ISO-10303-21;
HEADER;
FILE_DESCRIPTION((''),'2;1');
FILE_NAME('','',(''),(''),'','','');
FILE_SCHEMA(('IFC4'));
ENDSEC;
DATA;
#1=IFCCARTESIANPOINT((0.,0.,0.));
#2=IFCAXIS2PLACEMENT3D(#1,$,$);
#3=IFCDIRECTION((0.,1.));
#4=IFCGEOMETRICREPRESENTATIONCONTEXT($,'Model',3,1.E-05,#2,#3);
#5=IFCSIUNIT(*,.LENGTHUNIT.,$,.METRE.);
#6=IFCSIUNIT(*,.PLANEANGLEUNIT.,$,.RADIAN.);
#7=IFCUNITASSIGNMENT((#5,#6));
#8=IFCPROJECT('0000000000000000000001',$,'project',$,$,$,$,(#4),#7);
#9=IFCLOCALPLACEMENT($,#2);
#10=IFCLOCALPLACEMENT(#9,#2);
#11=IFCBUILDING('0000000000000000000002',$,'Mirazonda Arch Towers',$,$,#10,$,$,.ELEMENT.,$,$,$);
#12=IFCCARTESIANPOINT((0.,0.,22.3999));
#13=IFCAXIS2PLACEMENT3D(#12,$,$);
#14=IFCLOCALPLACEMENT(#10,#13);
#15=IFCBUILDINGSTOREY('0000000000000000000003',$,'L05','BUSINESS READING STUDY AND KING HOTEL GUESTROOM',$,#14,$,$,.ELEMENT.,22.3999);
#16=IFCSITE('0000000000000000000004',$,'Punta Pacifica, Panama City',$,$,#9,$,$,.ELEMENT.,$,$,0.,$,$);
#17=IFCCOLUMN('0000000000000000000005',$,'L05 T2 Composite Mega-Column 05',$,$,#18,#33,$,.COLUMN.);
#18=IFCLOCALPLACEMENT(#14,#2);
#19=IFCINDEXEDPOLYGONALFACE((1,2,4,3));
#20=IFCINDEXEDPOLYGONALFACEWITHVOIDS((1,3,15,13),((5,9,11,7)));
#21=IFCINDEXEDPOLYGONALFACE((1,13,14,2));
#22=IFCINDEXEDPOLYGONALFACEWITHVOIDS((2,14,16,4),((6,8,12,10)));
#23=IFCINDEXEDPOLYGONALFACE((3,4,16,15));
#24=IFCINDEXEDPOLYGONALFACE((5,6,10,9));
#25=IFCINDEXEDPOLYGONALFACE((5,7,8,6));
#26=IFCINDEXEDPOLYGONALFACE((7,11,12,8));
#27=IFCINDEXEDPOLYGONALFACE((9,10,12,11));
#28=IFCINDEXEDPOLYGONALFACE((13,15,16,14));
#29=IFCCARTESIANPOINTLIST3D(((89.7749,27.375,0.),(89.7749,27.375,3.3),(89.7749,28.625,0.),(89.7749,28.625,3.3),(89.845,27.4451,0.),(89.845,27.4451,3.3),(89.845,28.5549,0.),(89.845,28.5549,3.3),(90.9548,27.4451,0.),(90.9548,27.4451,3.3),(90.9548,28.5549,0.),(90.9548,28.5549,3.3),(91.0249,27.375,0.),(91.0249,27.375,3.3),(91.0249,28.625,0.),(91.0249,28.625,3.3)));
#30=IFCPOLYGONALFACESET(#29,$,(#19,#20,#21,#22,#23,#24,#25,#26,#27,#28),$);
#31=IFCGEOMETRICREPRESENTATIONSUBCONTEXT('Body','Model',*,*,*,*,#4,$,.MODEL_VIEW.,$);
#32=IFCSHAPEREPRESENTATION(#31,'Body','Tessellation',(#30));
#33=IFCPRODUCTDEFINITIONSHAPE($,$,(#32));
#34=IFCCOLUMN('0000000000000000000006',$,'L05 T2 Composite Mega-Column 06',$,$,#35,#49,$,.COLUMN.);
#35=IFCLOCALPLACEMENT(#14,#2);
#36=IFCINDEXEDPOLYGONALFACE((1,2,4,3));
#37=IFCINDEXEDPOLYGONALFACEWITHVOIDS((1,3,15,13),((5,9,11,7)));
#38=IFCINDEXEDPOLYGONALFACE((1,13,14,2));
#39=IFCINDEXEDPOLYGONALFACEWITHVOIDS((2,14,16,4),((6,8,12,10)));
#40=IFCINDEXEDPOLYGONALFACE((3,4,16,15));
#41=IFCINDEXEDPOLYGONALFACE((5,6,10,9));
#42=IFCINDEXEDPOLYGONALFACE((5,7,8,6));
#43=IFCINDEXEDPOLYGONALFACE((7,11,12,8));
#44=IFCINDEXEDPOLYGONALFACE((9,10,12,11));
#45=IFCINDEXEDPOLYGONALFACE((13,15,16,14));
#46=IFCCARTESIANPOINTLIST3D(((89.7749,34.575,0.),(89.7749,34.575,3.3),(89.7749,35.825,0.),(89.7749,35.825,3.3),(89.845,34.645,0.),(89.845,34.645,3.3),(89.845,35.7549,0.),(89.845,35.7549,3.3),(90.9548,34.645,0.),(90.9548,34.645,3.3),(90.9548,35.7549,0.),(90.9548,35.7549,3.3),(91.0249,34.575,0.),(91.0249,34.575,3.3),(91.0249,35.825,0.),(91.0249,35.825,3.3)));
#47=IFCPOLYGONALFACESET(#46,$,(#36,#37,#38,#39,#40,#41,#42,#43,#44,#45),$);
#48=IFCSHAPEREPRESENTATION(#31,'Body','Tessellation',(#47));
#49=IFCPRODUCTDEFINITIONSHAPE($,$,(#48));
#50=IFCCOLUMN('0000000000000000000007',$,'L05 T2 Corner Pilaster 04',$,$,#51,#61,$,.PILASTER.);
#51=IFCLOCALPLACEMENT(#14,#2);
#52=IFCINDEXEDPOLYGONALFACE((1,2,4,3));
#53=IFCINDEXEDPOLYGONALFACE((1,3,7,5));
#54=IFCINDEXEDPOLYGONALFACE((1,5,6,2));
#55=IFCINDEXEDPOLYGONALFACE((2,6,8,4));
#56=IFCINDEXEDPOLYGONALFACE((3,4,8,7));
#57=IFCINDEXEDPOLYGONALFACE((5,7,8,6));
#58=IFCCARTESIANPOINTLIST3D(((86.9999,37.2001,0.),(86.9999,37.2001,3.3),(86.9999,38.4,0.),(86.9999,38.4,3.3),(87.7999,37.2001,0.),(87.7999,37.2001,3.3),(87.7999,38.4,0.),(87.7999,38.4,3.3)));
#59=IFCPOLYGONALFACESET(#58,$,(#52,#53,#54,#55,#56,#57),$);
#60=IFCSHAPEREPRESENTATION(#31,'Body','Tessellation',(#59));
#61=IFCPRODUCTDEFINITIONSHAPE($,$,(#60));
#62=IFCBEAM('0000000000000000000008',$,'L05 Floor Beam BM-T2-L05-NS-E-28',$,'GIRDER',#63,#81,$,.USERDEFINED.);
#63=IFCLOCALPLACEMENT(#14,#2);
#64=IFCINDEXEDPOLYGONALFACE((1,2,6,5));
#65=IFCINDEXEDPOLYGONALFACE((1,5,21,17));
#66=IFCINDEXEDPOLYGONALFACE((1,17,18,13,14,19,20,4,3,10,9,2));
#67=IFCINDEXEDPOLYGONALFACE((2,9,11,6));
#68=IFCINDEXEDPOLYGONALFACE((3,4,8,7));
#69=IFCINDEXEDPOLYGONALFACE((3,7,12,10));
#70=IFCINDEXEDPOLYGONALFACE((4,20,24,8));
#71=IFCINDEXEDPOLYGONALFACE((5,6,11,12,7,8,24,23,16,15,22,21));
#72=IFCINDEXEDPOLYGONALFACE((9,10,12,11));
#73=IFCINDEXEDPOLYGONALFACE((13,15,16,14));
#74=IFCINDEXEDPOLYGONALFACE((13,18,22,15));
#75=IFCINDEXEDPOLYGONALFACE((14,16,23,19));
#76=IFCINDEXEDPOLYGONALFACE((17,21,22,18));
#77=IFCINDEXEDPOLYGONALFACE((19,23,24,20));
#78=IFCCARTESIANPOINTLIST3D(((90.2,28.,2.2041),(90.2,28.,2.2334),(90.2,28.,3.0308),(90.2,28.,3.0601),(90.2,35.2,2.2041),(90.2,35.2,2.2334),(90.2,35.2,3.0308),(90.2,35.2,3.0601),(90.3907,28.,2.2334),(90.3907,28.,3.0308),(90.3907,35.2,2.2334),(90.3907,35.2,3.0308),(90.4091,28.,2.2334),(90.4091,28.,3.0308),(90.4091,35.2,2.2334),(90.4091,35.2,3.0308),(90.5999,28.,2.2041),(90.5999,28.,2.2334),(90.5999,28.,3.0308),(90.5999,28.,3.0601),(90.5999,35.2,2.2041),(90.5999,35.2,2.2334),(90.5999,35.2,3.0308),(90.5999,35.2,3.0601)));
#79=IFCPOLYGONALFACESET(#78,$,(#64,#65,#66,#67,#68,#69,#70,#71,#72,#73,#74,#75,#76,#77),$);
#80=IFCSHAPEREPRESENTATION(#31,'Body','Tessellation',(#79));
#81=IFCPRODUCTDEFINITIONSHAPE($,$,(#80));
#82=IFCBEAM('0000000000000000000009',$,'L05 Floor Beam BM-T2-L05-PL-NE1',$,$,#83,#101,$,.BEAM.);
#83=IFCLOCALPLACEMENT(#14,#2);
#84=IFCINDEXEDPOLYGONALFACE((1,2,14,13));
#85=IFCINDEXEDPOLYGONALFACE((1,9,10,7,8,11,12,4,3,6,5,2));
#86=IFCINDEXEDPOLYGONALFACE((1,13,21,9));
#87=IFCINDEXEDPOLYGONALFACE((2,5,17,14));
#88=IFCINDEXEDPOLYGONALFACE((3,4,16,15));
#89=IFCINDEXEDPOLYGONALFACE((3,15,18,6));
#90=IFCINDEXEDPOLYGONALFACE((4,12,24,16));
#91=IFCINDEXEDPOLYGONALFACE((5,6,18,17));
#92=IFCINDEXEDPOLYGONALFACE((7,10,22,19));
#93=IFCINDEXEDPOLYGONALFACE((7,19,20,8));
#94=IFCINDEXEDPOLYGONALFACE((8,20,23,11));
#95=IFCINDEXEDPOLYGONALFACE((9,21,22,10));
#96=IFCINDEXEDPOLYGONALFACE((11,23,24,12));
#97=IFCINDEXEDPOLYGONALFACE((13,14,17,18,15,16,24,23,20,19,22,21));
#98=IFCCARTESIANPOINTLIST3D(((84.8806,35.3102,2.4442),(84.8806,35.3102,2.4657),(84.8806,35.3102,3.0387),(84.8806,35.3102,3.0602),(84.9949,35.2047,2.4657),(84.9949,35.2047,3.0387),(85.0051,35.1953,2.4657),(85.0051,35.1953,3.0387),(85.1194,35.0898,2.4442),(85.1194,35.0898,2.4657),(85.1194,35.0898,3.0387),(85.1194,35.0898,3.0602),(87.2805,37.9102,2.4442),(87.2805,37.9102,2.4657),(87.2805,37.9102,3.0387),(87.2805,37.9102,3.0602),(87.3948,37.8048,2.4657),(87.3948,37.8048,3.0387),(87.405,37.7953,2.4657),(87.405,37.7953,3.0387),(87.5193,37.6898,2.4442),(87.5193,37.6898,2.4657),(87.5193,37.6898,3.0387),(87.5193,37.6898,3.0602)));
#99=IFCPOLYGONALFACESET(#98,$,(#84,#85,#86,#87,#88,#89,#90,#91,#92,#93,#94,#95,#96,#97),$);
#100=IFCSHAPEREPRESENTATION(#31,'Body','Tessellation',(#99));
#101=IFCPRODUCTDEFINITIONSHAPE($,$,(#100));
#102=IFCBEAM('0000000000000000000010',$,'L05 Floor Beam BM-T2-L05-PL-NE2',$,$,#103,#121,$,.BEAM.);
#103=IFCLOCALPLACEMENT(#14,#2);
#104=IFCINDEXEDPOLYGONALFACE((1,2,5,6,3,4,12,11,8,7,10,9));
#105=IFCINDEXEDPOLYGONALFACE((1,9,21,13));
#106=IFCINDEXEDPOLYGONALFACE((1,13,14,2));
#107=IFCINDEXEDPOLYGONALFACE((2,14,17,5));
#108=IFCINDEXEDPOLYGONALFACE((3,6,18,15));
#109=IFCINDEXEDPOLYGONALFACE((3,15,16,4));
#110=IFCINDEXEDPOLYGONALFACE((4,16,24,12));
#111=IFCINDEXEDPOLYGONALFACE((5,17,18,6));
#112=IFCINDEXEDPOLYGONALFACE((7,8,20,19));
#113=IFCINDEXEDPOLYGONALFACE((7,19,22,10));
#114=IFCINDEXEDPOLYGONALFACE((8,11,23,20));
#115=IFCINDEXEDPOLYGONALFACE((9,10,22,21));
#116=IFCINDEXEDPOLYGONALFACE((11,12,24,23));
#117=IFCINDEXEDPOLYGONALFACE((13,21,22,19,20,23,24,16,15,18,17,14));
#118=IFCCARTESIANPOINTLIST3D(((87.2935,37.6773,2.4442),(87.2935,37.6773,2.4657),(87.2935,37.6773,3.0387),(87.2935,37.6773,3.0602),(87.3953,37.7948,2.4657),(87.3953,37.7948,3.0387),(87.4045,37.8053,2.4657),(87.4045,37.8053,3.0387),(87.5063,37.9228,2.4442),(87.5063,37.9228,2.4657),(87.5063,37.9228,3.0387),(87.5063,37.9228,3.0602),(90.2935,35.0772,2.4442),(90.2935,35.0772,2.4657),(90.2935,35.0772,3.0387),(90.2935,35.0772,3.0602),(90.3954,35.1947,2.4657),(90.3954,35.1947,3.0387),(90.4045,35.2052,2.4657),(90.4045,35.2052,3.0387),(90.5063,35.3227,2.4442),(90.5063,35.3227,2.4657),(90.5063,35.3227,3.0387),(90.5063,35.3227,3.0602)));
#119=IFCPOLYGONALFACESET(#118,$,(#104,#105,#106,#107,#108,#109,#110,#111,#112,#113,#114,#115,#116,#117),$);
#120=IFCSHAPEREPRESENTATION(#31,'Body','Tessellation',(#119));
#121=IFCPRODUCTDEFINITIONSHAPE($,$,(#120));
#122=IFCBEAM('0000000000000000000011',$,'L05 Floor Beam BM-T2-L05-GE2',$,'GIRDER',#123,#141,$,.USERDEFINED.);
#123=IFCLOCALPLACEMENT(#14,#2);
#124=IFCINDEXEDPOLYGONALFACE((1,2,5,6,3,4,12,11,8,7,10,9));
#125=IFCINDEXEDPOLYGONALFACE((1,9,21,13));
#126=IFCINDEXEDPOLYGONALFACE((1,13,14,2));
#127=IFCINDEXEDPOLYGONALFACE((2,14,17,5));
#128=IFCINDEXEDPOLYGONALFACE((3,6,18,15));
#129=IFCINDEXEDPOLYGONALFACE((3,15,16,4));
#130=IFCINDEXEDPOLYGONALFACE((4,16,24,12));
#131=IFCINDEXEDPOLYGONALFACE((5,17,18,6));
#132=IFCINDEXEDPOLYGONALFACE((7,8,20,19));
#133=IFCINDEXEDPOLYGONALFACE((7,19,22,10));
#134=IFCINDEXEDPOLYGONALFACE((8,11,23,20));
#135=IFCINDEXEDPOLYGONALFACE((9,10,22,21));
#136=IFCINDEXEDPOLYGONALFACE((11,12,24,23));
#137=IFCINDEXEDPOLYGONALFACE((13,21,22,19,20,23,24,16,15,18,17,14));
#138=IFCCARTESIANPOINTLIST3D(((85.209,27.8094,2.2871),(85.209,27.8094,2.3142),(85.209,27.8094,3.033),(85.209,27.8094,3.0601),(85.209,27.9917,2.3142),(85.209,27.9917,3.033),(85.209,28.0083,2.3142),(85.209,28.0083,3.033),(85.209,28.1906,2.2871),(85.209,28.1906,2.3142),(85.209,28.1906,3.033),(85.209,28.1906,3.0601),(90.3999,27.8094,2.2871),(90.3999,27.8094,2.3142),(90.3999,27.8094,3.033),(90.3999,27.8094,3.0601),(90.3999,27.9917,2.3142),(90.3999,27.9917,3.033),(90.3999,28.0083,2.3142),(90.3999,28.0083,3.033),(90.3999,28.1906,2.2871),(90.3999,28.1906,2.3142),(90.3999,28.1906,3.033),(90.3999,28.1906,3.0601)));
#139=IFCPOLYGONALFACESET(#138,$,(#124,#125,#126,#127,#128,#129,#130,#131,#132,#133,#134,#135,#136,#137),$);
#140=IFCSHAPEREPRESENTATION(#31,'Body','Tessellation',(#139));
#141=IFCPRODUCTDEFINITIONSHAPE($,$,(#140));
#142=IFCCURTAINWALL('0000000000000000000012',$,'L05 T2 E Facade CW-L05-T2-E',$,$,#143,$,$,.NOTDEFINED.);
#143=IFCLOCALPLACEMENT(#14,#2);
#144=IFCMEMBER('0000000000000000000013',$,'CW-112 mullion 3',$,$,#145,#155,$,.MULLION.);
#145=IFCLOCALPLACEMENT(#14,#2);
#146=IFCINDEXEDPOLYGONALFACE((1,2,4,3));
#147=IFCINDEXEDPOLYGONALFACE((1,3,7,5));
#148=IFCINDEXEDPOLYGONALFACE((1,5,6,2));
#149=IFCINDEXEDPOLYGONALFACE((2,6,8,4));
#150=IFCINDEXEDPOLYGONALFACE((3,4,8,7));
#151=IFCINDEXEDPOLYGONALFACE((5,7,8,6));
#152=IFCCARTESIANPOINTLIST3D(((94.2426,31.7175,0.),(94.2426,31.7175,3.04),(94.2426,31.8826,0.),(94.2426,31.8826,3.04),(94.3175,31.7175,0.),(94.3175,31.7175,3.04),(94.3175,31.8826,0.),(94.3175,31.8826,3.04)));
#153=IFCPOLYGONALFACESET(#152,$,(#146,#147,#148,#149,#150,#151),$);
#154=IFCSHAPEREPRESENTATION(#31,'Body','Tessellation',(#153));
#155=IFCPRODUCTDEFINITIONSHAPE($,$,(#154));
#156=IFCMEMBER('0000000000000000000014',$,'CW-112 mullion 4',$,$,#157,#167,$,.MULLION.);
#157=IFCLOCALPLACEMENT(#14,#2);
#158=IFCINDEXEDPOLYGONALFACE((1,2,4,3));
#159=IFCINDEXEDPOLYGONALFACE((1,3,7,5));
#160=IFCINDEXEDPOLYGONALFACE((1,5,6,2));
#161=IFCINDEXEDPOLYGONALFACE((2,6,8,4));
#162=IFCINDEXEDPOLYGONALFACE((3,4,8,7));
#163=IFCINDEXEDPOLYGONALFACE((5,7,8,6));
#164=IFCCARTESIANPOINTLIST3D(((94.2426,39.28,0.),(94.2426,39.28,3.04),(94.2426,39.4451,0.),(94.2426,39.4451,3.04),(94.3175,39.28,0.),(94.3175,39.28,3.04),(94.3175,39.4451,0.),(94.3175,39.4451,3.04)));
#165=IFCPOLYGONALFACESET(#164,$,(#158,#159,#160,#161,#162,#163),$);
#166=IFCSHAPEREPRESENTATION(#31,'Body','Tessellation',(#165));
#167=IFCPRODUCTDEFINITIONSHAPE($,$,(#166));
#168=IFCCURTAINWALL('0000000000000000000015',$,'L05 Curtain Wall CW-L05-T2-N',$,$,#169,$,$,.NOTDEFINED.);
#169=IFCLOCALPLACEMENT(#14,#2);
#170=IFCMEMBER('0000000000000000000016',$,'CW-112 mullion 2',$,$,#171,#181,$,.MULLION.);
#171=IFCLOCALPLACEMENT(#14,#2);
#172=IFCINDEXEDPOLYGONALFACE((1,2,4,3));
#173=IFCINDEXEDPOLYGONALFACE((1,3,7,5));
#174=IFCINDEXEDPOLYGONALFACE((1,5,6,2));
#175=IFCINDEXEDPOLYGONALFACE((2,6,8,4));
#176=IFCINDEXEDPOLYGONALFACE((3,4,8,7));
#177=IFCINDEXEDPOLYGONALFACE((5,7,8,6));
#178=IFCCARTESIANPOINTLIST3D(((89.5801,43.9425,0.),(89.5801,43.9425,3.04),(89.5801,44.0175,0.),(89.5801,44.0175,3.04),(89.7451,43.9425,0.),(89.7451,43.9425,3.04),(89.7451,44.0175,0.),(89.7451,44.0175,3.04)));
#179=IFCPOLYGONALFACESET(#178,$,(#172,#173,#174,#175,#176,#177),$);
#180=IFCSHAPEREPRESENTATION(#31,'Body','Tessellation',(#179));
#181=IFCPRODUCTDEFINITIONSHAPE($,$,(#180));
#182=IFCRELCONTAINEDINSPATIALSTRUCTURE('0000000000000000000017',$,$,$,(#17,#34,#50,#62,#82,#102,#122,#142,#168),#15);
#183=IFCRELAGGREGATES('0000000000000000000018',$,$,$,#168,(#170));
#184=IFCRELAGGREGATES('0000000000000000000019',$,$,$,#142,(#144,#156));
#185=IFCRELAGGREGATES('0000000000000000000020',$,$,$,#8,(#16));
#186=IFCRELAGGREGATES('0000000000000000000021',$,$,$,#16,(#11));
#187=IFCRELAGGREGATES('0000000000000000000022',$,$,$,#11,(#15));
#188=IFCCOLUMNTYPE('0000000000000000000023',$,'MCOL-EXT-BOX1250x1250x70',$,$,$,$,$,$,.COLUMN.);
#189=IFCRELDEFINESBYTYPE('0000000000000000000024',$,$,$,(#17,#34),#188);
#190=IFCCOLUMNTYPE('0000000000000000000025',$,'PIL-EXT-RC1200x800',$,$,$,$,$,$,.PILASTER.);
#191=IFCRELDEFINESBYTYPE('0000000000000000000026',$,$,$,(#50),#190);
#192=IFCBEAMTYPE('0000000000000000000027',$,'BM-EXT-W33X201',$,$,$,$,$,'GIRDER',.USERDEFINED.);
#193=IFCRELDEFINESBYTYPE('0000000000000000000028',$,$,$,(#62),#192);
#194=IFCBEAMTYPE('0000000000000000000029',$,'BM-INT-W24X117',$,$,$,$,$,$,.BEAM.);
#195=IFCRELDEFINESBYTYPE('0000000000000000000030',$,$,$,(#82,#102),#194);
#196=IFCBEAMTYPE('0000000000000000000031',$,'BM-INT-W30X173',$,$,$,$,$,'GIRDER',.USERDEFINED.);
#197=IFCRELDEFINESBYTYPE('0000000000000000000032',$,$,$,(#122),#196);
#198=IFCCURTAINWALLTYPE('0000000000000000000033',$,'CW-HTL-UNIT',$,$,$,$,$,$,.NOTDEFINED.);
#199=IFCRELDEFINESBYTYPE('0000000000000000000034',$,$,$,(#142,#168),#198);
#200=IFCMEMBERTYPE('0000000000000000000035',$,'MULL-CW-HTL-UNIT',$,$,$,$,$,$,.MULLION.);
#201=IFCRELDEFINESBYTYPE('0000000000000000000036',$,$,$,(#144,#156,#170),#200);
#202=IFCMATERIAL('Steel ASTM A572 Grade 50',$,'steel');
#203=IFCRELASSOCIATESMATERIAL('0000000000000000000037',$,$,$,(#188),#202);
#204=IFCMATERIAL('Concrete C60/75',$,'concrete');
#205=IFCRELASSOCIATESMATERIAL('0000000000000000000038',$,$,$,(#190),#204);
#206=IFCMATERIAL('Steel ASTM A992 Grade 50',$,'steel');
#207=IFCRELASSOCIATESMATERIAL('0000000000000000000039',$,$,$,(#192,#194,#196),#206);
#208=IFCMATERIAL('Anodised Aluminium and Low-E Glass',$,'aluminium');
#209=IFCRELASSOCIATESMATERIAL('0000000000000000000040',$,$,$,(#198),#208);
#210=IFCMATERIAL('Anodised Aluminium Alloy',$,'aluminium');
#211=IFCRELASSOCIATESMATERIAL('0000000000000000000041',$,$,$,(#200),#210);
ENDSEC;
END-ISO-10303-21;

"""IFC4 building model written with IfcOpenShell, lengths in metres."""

from ifc_helpers import new_model, si_unit, direction, frame, origin, origin_2d, place, context, subcontext, project, spatial, rectangle, hollow_rectangle, i_section, extrude, material, material_profile, profile_set, type_object, element, aggregate, save


model = new_model("IFC4")

# Units and contexts
model_context = context("Model", 3, precision=1e-05, world=origin(), true_north=direction((0.0, 1.0)))
body_context = subcontext(model_context, "Body", "Model", "MODEL_VIEW")
ifc_project = project(units=[si_unit("LENGTHUNIT", "METRE"), si_unit("PLANEANGLEUNIT", "RADIAN")], contexts=[model_context])

# Site, building, storey
site_placement = place(None, origin())
site = spatial("IfcSite", under=ifc_project, at=site_placement, Name="Punta Pacifica, Panama City", CompositionType="ELEMENT", RefElevation=0.0)
building_placement = place(site_placement, origin())
building = spatial("IfcBuilding", under=site, at=building_placement, Name="Mirazonda Arch Towers", CompositionType="ELEMENT")
storey_placement = place(building_placement, frame((0.0, 0.0, 22.3999)))
storey = spatial("IfcBuildingStorey", under=building, at=storey_placement, Name="L05", Description="BUSINESS READING STUDY AND KING HOTEL GUESTROOM", CompositionType="ELEMENT", Elevation=22.3999)

# Columns
ifc_material_1 = material(Name="Steel ASTM A572 Grade 50", Category="steel")
ifc_material_profile_1 = material_profile(ifc_material_1, hollow_rectangle(XDim=1.25, YDim=1.25, WallThickness=0.0701, at=origin_2d()), Name="BOX1250x1250x70")
ifc_profile_set_1 = profile_set([ifc_material_profile_1], Name="Steel ASTM A572 Grade 50")
column_type_1 = type_object("IfcColumnType", Name="MCOL-EXT-BOX1250x1250x70", PredefinedType="COLUMN", material=ifc_profile_set_1)
for number, where, z_axis, x_axis, name in (
    (1, (90.3999, 28.0, 0.0), (0.0, 0.0, 1.0), (1.0, 0.0, 0.0), "L05 T2 Composite Mega-Column 05"),
    (2, (90.3999, 35.2, 0.0), (0.0, 0.0, 1.0), (1.0, 0.0, 0.0), "L05 T2 Composite Mega-Column 06"),
):
    element("IfcColumn", number, at=place(storey_placement, frame(where, z_axis=z_axis, x_axis=x_axis)), inside=storey, type_object=column_type_1, Name=name, PredefinedType="COLUMN", context=body_context, shape_type="SweptSolid", body=[
        extrude(hollow_rectangle(XDim=1.25, YDim=1.25, WallThickness=0.0701, at=origin_2d()), origin(), (0.0, 0.0, 1.0), 3.3),
    ])
ifc_material_2 = material(Name="Concrete C60/75", Category="concrete")
ifc_material_profile_2 = material_profile(ifc_material_2, rectangle(XDim=0.8, YDim=1.2, at=origin_2d()), Name="RC1200x800")
ifc_profile_set_2 = profile_set([ifc_material_profile_2], Name="Concrete C60/75")
column_type_2 = type_object("IfcColumnType", Name="PIL-EXT-RC1200x800", PredefinedType="PILASTER", material=ifc_profile_set_2)
column_placement = place(storey_placement, frame((87.3999, 37.8, 0.0), z_axis=(0.0, 0.0, 1.0), x_axis=(1.0, 0.0, 0.0)))
element("IfcColumn", 3, at=column_placement, inside=storey, type_object=column_type_2, Name="L05 T2 Corner Pilaster 04", PredefinedType="PILASTER", context=body_context, shape_type="SweptSolid", body=[
    extrude(rectangle(XDim=0.8, YDim=1.2, at=origin_2d()), origin(), (0.0, 0.0, 1.0), 3.3),
])

# Beams
ifc_material_3 = material(Name="Steel ASTM A992 Grade 50", Category="steel")
ifc_material_profile_3 = material_profile(ifc_material_3, i_section(OverallWidth=0.3999, OverallDepth=0.856, WebThickness=0.0183, FlangeThickness=0.0293, at=origin_2d()), Name="W33X201")
ifc_profile_set_3 = profile_set([ifc_material_profile_3], Name="Steel ASTM A992 Grade 50")
beam_type_1 = type_object("IfcBeamType", Name="BM-EXT-W33X201", ElementType="GIRDER", PredefinedType="USERDEFINED", material=ifc_profile_set_3)
beam_1_placement = place(storey_placement, frame((90.3999, 28.0, 2.6321), z_axis=(0.0, 1.0, 0.0), x_axis=(-1.0, 0.0, 0.0)))
element("IfcBeam", 4, at=beam_1_placement, inside=storey, type_object=beam_type_1, Name="L05 Floor Beam BM-T2-L05-NS-E-28", ObjectType="GIRDER", PredefinedType="USERDEFINED", context=body_context, shape_type="SweptSolid", body=[
    extrude(i_section(OverallWidth=0.3999, OverallDepth=0.856, WebThickness=0.0183, FlangeThickness=0.0293, at=origin_2d()), origin(), (0.0, 0.0, 1.0), 7.2),
])
ifc_material_profile_4 = material_profile(ifc_material_3, i_section(OverallWidth=0.325, OverallDepth=0.616, WebThickness=0.0139, FlangeThickness=0.0215, at=origin_2d()), Name="W24X117")
ifc_profile_set_4 = profile_set([ifc_material_profile_4], Name="Steel ASTM A992 Grade 50")
beam_type_2 = type_object("IfcBeamType", Name="BM-INT-W24X117", PredefinedType="BEAM", material=ifc_profile_set_4)
beam_2_placement = place(storey_placement, frame((87.3999, 37.8, 2.7522), z_axis=(-0.678251, -0.73483, 0.0), x_axis=(0.73483, -0.678251, 0.0)))
element("IfcBeam", 5, at=beam_2_placement, inside=storey, type_object=beam_type_2, Name="L05 Floor Beam BM-T2-L05-PL-NE1", PredefinedType="BEAM", context=body_context, shape_type="SweptSolid", body=[
    extrude(i_section(OverallWidth=0.325, OverallDepth=0.616, WebThickness=0.0139, FlangeThickness=0.0215, at=origin_2d()), origin(), (0.0, 0.0, 1.0), 3.5383),
])
beam_3_placement = place(storey_placement, frame((87.3999, 37.8, 2.7522), z_axis=(0.755677, -0.654945, 0.0), x_axis=(0.654945, 0.755677, 0.0)))
element("IfcBeam", 6, at=beam_3_placement, inside=storey, type_object=beam_type_2, Name="L05 Floor Beam BM-T2-L05-PL-NE2", PredefinedType="BEAM", context=body_context, shape_type="SweptSolid", body=[
    extrude(i_section(OverallWidth=0.325, OverallDepth=0.616, WebThickness=0.0139, FlangeThickness=0.0215, at=origin_2d()), origin(), (0.0, 0.0, 1.0), 3.97),
])
ifc_material_profile_5 = material_profile(ifc_material_3, i_section(OverallWidth=0.3811, OverallDepth=0.7729, WebThickness=0.0166, FlangeThickness=0.0271, at=origin_2d()), Name="W30X173")
ifc_profile_set_5 = profile_set([ifc_material_profile_5], Name="Steel ASTM A992 Grade 50")
beam_type_3 = type_object("IfcBeamType", Name="BM-INT-W30X173", ElementType="GIRDER", PredefinedType="USERDEFINED", material=ifc_profile_set_5)
beam_4_placement = place(storey_placement, frame((85.209, 28.0, 2.6736), z_axis=(1.0, 0.0, 0.0), x_axis=(0.0, 1.0, 0.0)))
element("IfcBeam", 7, at=beam_4_placement, inside=storey, type_object=beam_type_3, Name="L05 Floor Beam BM-T2-L05-GE2", ObjectType="GIRDER", PredefinedType="USERDEFINED", context=body_context, shape_type="SweptSolid", body=[
    extrude(i_section(OverallWidth=0.3811, OverallDepth=0.7729, WebThickness=0.0166, FlangeThickness=0.0271, at=origin_2d()), origin(), (0.0, 0.0, 1.0), 5.1909),
])

# Curtain wall, members
ifc_material_4 = material(Name="Anodised Aluminium and Low-E Glass", Category="aluminium")
curtain_wall_type = type_object("IfcCurtainWallType", Name="CW-HTL-UNIT", PredefinedType="NOTDEFINED", material=ifc_material_4)
curtain_wall_1_placement = place(storey_placement, origin())
curtain_wall_1 = element("IfcCurtainWall", 8, at=curtain_wall_1_placement, inside=storey, type_object=curtain_wall_type, Name="L05 T2 E Facade CW-L05-T2-E", PredefinedType="NOTDEFINED")
ifc_material_5 = material(Name="Anodised Aluminium Alloy", Category="aluminium")
ifc_material_profile_6 = material_profile(ifc_material_5, rectangle(XDim=0.075, YDim=0.165, at=origin_2d()), Name="ALU-MULL-75x165")
ifc_profile_set_6 = profile_set([ifc_material_profile_6], Name="Anodised Aluminium Alloy")
member_type_1 = type_object("IfcMemberType", Name="MULL-CW-HTL-UNIT", PredefinedType="MULLION", material=ifc_profile_set_6)
member_1_placement = place(storey_placement, frame((94.28, 31.8, 0.0), z_axis=(0.0, 0.0, 1.0), x_axis=(-1.0, 0.0, 0.0)))
member_1 = element("IfcMember", 9, at=member_1_placement, type_object=member_type_1, Name="CW-112 mullion 3", PredefinedType="MULLION", context=body_context, shape_type="SweptSolid", body=[
    extrude(rectangle(XDim=0.075, YDim=0.165, at=origin_2d()), origin(), (0.0, 0.0, 1.0), 3.04),
])
member_2_placement = place(storey_placement, frame((94.28, 39.3625, 0.0), z_axis=(0.0, 0.0, 1.0), x_axis=(-1.0, 0.0, 0.0)))
member_2 = element("IfcMember", 10, at=member_2_placement, type_object=member_type_1, Name="CW-112 mullion 4", PredefinedType="MULLION", context=body_context, shape_type="SweptSolid", body=[
    extrude(rectangle(XDim=0.075, YDim=0.165, at=origin_2d()), origin(), (0.0, 0.0, 1.0), 3.04),
])

# Curtain wall, member
curtain_wall_2_placement = place(storey_placement, origin())
curtain_wall_2 = element("IfcCurtainWall", 11, at=curtain_wall_2_placement, inside=storey, type_object=curtain_wall_type, Name="L05 Curtain Wall CW-L05-T2-N", PredefinedType="NOTDEFINED")
member_3_placement = place(storey_placement, frame((89.6626, 43.98, 0.0), z_axis=(0.0, 0.0, 1.0), x_axis=(0.0, 1.0, 0.0)))
member_3 = element("IfcMember", 12, at=member_3_placement, type_object=member_type_1, Name="CW-112 mullion 2", PredefinedType="MULLION", context=body_context, shape_type="SweptSolid", body=[
    extrude(rectangle(XDim=0.075, YDim=0.165, at=origin_2d()), origin(), (0.0, 0.0, 1.0), 3.04),
])
aggregate(curtain_wall_2, [member_3])

aggregate(curtain_wall_1, [member_1, member_2])

save(model, "model.ifc")
